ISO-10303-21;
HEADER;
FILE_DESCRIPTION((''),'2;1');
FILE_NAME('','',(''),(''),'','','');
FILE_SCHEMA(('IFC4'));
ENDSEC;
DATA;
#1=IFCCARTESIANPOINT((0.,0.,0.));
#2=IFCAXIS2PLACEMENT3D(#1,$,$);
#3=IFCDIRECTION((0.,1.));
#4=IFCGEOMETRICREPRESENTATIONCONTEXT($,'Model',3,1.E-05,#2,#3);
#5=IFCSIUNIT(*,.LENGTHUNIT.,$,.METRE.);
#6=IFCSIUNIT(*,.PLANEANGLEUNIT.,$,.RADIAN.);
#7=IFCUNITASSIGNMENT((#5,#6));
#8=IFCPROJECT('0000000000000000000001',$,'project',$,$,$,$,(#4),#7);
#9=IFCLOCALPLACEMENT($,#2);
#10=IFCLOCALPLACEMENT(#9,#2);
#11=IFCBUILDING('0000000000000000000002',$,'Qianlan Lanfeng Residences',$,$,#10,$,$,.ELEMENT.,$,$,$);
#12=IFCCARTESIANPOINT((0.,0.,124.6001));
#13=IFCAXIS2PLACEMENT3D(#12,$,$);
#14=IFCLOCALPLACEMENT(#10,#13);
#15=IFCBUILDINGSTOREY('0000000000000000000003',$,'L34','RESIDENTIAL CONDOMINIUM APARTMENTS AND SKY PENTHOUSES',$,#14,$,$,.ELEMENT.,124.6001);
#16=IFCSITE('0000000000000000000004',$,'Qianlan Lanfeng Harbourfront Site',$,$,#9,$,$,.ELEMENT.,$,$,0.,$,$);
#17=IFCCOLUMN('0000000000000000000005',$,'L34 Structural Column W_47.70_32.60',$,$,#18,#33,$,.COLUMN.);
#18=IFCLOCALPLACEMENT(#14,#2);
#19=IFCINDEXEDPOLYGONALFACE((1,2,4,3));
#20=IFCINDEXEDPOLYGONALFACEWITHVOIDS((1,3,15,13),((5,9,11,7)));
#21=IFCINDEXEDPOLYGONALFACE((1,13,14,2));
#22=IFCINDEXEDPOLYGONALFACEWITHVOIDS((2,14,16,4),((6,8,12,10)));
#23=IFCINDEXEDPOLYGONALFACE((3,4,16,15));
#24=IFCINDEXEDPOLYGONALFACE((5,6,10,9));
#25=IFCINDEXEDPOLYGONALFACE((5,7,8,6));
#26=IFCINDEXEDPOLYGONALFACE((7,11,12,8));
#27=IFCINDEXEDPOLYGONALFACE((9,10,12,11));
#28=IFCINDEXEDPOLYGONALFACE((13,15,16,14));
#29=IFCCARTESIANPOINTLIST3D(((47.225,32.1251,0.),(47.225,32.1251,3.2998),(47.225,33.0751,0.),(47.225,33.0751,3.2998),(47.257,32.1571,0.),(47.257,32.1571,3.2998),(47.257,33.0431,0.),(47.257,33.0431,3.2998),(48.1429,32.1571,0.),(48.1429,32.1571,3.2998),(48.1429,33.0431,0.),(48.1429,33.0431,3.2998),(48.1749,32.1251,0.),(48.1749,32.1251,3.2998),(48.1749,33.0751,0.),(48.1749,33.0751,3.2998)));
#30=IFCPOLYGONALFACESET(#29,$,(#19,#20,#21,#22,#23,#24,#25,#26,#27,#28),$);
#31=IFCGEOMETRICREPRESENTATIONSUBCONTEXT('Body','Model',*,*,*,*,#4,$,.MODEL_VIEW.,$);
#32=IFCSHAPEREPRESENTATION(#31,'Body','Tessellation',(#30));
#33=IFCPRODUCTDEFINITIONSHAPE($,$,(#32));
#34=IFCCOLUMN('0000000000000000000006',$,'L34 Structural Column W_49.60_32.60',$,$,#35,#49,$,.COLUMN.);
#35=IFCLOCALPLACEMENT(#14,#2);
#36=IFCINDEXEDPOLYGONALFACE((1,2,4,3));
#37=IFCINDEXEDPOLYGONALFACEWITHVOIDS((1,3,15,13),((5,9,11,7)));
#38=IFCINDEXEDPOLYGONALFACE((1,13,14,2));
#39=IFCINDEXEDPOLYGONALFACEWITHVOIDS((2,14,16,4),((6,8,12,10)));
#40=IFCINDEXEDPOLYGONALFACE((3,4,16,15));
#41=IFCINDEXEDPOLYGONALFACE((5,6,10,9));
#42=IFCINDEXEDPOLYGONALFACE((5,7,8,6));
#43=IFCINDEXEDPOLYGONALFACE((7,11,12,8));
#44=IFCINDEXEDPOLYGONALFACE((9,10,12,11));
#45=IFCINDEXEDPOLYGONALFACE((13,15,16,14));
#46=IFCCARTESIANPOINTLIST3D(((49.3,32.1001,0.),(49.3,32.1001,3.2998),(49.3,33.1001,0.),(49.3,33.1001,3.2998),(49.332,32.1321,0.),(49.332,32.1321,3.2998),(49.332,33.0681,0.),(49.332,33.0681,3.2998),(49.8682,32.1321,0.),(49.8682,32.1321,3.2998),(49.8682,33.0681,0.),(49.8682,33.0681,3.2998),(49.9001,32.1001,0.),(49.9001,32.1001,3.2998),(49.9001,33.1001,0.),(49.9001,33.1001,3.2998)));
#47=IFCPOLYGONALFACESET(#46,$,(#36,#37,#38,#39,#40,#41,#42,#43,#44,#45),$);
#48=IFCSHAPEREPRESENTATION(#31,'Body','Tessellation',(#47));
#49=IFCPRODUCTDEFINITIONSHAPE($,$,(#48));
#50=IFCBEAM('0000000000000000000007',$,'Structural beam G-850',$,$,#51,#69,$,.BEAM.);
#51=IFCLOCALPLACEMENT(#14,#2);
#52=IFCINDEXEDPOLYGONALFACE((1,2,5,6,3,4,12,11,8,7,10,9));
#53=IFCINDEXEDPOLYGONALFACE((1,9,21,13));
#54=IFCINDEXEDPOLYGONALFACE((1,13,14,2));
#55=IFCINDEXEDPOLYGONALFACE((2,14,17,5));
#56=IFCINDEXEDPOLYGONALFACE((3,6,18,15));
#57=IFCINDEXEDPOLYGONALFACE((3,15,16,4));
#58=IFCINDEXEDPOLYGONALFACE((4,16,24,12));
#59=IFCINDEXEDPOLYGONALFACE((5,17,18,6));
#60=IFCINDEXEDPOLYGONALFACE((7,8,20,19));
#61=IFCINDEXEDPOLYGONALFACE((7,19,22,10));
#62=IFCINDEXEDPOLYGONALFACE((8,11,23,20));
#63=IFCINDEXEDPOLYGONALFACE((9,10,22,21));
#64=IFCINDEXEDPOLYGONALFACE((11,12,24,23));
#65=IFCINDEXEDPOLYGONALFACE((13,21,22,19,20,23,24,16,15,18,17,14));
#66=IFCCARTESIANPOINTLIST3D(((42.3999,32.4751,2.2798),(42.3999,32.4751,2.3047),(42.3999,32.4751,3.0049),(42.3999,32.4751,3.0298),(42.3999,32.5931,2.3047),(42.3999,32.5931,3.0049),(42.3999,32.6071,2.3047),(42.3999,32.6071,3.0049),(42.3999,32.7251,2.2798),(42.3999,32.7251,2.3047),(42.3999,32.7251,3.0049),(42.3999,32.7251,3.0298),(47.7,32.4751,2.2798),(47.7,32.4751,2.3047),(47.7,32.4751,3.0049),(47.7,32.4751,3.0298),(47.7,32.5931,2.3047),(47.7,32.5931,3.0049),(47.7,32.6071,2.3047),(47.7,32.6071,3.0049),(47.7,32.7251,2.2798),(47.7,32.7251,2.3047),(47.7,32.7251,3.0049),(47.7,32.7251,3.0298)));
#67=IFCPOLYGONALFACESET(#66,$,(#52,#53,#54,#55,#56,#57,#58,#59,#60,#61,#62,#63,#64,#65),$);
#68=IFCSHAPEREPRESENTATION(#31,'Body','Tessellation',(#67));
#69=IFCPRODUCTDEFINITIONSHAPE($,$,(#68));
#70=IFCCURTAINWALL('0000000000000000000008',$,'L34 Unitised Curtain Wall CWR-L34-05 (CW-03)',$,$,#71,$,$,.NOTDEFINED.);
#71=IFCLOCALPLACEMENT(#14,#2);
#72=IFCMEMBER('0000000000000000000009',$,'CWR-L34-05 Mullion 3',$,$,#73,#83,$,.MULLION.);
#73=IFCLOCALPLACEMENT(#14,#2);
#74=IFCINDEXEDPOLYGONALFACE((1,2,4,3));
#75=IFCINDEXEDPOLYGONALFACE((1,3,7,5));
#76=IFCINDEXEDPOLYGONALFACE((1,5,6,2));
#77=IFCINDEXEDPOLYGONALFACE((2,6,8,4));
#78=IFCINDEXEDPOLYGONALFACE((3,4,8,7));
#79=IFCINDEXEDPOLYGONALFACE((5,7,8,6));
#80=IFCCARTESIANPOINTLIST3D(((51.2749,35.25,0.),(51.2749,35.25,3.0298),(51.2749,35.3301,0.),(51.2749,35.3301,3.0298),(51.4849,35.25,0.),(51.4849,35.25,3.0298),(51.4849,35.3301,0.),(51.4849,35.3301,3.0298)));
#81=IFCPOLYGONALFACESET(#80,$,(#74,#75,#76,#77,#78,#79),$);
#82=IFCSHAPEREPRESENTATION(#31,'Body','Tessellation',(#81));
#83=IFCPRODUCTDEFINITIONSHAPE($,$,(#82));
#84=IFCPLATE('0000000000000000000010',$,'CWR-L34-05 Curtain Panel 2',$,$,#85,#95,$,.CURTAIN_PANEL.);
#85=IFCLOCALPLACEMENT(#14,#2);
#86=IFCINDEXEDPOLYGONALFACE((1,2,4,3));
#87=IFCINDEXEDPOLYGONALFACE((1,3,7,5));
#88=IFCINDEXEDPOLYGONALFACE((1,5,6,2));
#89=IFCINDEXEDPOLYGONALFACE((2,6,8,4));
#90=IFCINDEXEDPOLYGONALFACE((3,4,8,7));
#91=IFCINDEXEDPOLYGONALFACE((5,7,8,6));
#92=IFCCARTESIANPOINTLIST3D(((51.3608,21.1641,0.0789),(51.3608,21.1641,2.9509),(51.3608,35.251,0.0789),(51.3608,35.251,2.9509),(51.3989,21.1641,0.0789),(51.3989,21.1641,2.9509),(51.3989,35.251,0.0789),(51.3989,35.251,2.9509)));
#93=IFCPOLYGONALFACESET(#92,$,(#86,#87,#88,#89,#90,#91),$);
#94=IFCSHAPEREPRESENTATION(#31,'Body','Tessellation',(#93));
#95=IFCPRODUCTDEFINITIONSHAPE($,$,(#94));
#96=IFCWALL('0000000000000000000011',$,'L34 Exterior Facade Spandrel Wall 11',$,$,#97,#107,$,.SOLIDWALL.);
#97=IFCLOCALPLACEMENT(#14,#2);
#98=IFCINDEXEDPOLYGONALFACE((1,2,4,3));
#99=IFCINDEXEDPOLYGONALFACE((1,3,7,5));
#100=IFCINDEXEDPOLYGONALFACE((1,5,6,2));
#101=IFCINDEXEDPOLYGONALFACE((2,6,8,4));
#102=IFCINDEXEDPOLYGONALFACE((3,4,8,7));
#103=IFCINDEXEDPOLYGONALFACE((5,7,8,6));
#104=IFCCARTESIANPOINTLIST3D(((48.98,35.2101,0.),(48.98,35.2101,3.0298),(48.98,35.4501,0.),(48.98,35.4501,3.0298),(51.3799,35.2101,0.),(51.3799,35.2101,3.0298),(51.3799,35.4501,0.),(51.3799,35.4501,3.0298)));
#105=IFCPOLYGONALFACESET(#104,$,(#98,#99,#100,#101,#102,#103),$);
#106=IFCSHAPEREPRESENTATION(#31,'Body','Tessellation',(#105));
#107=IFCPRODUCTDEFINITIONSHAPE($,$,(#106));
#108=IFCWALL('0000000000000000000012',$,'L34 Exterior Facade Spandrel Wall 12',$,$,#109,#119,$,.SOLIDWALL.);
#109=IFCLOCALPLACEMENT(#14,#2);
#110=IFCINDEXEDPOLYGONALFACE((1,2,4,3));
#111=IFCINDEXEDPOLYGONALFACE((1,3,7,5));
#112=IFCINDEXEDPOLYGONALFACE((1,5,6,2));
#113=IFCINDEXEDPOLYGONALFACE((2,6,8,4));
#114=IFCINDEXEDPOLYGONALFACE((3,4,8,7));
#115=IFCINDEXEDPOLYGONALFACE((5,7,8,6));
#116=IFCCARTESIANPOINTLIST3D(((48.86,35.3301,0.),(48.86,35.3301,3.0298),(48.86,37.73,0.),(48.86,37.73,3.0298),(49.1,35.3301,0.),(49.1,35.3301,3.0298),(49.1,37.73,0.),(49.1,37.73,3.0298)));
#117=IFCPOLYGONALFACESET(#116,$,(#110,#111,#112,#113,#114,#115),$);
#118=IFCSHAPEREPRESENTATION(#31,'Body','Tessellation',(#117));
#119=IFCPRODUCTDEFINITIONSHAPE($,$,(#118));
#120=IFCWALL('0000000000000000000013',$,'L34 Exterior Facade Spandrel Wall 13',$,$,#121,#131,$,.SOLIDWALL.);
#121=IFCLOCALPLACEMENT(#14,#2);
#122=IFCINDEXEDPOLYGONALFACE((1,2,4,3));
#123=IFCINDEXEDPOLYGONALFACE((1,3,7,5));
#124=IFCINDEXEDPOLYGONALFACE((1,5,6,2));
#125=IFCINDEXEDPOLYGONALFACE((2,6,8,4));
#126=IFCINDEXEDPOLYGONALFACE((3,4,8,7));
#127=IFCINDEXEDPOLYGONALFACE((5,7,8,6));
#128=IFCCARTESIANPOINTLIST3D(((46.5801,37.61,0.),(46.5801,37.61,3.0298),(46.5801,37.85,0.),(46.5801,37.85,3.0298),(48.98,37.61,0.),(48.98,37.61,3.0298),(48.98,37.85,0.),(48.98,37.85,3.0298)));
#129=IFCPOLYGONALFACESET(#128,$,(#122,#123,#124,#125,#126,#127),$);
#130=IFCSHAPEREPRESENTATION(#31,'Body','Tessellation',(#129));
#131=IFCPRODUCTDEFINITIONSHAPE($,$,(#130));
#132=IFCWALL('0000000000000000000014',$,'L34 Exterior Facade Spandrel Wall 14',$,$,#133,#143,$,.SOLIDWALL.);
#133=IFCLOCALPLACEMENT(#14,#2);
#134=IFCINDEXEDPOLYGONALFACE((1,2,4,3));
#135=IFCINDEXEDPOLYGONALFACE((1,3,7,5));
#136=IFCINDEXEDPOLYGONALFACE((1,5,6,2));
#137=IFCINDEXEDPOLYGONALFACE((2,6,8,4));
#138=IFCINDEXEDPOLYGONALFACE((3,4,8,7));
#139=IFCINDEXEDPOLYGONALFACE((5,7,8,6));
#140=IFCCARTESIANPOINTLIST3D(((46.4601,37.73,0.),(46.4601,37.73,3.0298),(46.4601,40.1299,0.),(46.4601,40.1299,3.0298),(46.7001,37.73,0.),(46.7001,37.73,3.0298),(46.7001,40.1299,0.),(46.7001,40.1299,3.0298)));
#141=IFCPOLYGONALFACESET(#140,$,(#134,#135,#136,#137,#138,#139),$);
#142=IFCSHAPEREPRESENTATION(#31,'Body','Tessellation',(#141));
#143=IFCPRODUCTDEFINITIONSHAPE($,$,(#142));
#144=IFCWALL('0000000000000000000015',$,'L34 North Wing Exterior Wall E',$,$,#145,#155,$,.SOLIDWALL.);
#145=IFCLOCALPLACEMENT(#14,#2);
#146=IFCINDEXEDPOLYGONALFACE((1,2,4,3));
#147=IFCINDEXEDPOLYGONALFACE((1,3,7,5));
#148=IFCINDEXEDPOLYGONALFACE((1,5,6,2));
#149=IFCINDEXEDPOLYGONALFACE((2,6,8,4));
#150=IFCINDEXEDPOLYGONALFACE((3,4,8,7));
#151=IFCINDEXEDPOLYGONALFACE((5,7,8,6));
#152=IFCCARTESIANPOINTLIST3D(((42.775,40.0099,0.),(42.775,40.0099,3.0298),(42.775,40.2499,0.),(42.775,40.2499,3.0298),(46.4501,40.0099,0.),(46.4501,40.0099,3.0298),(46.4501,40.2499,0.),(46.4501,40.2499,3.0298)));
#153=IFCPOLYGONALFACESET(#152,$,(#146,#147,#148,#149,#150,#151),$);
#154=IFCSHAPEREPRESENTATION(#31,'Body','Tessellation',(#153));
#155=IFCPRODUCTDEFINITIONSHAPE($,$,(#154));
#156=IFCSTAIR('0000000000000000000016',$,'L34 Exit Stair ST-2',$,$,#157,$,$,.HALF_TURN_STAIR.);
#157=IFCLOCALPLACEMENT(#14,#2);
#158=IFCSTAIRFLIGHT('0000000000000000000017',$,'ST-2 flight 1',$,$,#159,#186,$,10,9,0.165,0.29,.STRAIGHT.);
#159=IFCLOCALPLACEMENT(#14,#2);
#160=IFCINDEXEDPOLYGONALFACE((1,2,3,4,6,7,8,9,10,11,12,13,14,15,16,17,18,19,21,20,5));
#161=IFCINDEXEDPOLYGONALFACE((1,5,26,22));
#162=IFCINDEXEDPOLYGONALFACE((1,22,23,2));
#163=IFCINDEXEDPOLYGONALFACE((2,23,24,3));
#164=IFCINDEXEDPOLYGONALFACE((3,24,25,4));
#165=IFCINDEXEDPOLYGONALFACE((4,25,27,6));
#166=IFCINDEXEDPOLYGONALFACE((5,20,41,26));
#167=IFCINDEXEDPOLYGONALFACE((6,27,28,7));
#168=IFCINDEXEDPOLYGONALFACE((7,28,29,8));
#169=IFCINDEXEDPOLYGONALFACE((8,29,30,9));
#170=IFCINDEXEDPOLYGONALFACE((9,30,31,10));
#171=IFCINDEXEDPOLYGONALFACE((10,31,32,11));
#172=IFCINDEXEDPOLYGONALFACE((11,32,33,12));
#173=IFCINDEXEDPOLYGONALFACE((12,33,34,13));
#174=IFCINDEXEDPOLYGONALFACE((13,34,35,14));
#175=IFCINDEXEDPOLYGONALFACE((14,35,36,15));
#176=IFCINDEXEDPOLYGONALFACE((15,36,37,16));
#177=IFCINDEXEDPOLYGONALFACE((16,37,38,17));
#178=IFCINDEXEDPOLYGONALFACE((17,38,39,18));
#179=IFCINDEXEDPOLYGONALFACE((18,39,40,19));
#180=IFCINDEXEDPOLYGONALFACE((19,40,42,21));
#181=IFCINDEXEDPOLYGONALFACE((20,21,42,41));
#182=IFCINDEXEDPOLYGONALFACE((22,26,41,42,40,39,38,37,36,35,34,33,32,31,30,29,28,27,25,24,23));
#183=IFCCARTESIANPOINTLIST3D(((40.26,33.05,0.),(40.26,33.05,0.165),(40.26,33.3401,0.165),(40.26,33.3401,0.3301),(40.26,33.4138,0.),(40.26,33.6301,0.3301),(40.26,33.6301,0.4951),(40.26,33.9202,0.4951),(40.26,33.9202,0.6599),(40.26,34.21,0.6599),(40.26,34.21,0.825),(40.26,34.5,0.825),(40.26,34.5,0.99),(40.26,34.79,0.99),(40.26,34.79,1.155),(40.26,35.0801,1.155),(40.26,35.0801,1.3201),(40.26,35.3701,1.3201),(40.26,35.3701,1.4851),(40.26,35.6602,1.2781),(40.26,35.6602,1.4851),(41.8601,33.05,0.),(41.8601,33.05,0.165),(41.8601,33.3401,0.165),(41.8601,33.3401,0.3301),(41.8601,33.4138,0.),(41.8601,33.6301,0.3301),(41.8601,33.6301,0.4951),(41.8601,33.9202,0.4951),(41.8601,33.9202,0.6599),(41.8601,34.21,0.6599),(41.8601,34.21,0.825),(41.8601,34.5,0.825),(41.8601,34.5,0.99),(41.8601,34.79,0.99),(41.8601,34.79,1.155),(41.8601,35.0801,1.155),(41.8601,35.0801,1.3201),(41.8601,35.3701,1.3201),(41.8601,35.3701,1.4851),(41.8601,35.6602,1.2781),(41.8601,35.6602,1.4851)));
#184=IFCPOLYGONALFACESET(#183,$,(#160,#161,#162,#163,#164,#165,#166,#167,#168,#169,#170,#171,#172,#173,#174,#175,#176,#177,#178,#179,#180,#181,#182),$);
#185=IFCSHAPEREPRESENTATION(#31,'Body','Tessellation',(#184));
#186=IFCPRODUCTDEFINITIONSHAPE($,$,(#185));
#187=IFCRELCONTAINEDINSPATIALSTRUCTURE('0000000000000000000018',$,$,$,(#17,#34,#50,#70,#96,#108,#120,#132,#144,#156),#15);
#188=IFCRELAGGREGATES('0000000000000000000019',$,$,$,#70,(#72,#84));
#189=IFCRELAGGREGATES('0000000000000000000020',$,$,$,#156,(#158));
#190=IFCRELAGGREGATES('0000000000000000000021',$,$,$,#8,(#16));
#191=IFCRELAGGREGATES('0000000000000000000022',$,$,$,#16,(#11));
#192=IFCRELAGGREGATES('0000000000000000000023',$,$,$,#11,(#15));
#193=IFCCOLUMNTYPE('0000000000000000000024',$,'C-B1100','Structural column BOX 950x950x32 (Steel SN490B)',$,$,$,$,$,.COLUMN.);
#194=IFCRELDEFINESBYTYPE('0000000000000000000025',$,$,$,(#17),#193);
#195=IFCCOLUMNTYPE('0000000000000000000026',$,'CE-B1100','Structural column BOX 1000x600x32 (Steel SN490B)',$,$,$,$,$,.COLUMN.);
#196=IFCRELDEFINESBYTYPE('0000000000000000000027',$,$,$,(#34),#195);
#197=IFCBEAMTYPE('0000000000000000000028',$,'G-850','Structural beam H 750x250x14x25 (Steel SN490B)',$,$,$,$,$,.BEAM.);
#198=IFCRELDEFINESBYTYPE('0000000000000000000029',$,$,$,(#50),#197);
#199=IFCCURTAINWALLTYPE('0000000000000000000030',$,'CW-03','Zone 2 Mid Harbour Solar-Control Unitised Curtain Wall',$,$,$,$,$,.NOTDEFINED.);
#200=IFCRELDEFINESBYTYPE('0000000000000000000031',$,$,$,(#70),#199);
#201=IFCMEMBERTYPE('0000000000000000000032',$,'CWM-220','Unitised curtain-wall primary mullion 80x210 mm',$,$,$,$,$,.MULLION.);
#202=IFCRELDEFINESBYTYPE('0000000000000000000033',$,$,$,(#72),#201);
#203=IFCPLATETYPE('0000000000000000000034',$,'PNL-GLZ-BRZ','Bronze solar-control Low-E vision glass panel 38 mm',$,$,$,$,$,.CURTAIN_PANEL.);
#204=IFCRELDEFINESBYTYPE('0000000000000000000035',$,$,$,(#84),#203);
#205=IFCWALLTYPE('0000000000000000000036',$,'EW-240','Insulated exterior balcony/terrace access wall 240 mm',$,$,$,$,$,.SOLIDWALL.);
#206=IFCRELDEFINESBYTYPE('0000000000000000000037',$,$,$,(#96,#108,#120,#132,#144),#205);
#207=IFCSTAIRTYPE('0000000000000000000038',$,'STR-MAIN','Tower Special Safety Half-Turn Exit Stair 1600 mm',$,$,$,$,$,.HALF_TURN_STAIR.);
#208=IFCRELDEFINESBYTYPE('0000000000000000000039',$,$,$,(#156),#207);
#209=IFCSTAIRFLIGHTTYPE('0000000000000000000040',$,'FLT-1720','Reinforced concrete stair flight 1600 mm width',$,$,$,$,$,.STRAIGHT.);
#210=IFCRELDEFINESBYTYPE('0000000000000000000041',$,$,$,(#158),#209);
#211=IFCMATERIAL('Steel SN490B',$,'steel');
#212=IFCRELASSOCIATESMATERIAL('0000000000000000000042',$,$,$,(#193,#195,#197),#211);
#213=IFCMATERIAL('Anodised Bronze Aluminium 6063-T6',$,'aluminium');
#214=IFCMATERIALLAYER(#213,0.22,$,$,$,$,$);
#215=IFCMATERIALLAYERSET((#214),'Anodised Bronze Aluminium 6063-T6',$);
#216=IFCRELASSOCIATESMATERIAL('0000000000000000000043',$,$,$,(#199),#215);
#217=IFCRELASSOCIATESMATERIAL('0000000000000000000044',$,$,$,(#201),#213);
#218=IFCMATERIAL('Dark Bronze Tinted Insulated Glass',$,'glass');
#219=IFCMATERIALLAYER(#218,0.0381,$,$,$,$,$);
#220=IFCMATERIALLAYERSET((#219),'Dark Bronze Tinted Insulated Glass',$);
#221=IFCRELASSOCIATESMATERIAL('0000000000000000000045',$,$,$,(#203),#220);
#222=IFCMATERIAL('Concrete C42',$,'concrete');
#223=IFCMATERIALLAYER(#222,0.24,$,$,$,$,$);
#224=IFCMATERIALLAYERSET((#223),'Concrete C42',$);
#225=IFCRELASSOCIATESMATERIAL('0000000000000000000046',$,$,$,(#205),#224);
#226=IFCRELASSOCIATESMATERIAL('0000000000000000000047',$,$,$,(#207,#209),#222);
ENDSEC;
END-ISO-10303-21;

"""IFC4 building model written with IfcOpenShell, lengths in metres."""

from ifc_helpers import new_model, si_unit, direction, frame, frame_2d, origin, origin_2d, place, context, subcontext, project, spatial, polyline, rectangle, hollow_rectangle, i_section, outline, extrude, source, transform, mapped, material, layer, layer_set, material_profile, profile_set, type_object, element, aggregate, save


model = new_model("IFC4")

# Units and contexts
model_context = context("Model", 3, precision=1e-05, world=origin(), true_north=direction((0.0, 1.0)))
body_context = subcontext(model_context, "Body", "Model", "MODEL_VIEW")
ifc_project = project(units=[si_unit("LENGTHUNIT", "METRE"), si_unit("PLANEANGLEUNIT", "RADIAN")], contexts=[model_context])

# Site, building, storey
site_placement = place(None, origin())
site = spatial("IfcSite", under=ifc_project, at=site_placement, Name="Qianlan Lanfeng Harbourfront Site", CompositionType="ELEMENT", RefElevation=0.0)
building_placement = place(site_placement, origin())
building = spatial("IfcBuilding", under=site, at=building_placement, Name="Qianlan Lanfeng Residences", CompositionType="ELEMENT")
storey_placement = place(building_placement, frame((0.0, 0.0, 124.6001)))
storey = spatial("IfcBuildingStorey", under=building, at=storey_placement, Name="L34", Description="RESIDENTIAL CONDOMINIUM APARTMENTS AND SKY PENTHOUSES", CompositionType="ELEMENT", Elevation=124.6001)

# Columns
ifc_material_1 = material(Name="Steel SN490B", Category="steel")
ifc_material_profile_1 = material_profile(ifc_material_1, hollow_rectangle(XDim=0.95, YDim=0.95, WallThickness=0.032, at=origin_2d()), Name="BOX 950x950x32")
ifc_profile_set_1 = profile_set([ifc_material_profile_1], Name="Steel SN490B")
column_type_1 = type_object("IfcColumnType", Name="C-B1100", Description="Structural column BOX 950x950x32 (Steel SN490B)", PredefinedType="COLUMN", material=ifc_profile_set_1)
column_1_placement = place(storey_placement, frame((47.7, 32.6001, 0.0), z_axis=(0.0, 0.0, 1.0), x_axis=(1.0, 0.0, 0.0)))
element("IfcColumn", 1, at=column_1_placement, inside=storey, type_object=column_type_1, Name="L34 Structural Column W_47.70_32.60", PredefinedType="COLUMN", context=body_context, shape_type="SweptSolid", body=[
    extrude(hollow_rectangle(XDim=0.95, YDim=0.95, WallThickness=0.032, at=origin_2d()), origin(), (0.0, 0.0, 1.0), 3.2998),
])
ifc_material_profile_2 = material_profile(ifc_material_1, hollow_rectangle(XDim=0.6001, YDim=1.0, WallThickness=0.032, at=origin_2d()), Name="BOX 1000x600x32")
ifc_profile_set_2 = profile_set([ifc_material_profile_2], Name="Steel SN490B")
column_type_2 = type_object("IfcColumnType", Name="CE-B1100", Description="Structural column BOX 1000x600x32 (Steel SN490B)", PredefinedType="COLUMN", material=ifc_profile_set_2)
column_2_placement = place(storey_placement, frame((49.6001, 32.6001, 0.0), z_axis=(0.0, 0.0, 1.0), x_axis=(1.0, 0.0, 0.0)))
element("IfcColumn", 2, at=column_2_placement, inside=storey, type_object=column_type_2, Name="L34 Structural Column W_49.60_32.60", PredefinedType="COLUMN", context=body_context, shape_type="SweptSolid", body=[
    extrude(hollow_rectangle(XDim=0.6001, YDim=1.0, WallThickness=0.032, at=origin_2d()), origin(), (0.0, 0.0, 1.0), 3.2998),
])

# Beam
ifc_material_profile_3 = material_profile(ifc_material_1, i_section(OverallWidth=0.25, OverallDepth=0.75, WebThickness=0.0139, FlangeThickness=0.0249, at=origin_2d()), Name="H 750x250x14x25")
ifc_profile_set_3 = profile_set([ifc_material_profile_3], Name="Steel SN490B")
beam_type = type_object("IfcBeamType", Name="G-850", Description="Structural beam H 750x250x14x25 (Steel SN490B)", PredefinedType="BEAM", material=ifc_profile_set_3)
beam_placement = place(storey_placement, frame((42.3999, 32.6001, 2.6548), z_axis=(1.0, 0.0, 0.0), x_axis=(0.0, 1.0, 0.0)))
element("IfcBeam", 3, at=beam_placement, inside=storey, type_object=beam_type, Name="Structural beam G-850", PredefinedType="BEAM", context=body_context, shape_type="SweptSolid", body=[
    extrude(i_section(OverallWidth=0.25, OverallDepth=0.75, WebThickness=0.0139, FlangeThickness=0.0249, at=origin_2d()), origin(), (0.0, 0.0, 1.0), 5.3),
])

# Curtain wall, member, plate
ifc_material_2 = material(Name="Anodised Bronze Aluminium 6063-T6", Category="aluminium")
ifc_layer_1 = layer(ifc_material_2, 0.22)
ifc_layer_set_1 = layer_set([ifc_layer_1], Name="Anodised Bronze Aluminium 6063-T6")
curtain_wall_type = type_object("IfcCurtainWallType", Name="CW-03", Description="Zone 2 Mid Harbour Solar-Control Unitised Curtain Wall", PredefinedType="NOTDEFINED", material=ifc_layer_set_1)
curtain_wall_placement = place(storey_placement, origin())
curtain_wall = element("IfcCurtainWall", 4, at=curtain_wall_placement, inside=storey, type_object=curtain_wall_type, Name="L34 Unitised Curtain Wall CWR-L34-05 (CW-03)", PredefinedType="NOTDEFINED")
ifc_material_profile_4 = material_profile(ifc_material_2, rectangle(XDim=0.0801, YDim=0.21, at=origin_2d()), Name="ALU MULLION 80x210")
ifc_profile_set_4 = profile_set([ifc_material_profile_4], Name="Anodised Bronze Aluminium 6063-T6")
member_type = type_object("IfcMemberType", Name="CWM-220", Description="Unitised curtain-wall primary mullion 80x210 mm", PredefinedType="MULLION", material=ifc_profile_set_4)
shared_shape_1 = source(origin(), body_context, "Body", "SweptSolid", [
    extrude(rectangle(XDim=0.0801, YDim=0.21, at=origin_2d()), origin(), (0.0, 0.0, 1.0), 3.0298),
])
member_placement = place(storey_placement, frame((51.3799, 35.29, 0.0), z_axis=(0.0, 0.0, 1.0), x_axis=(0.0, 1.0, 0.0)))
member = element("IfcMember", 5, at=member_placement, type_object=member_type, Name="CWR-L34-05 Mullion 3", PredefinedType="MULLION", context=body_context, shape_type="MappedRepresentation", body=[
    mapped(shared_shape_1, transform((0.0, 0.0, 0.0), scale=1.0)),
])
ifc_material_3 = material(Name="Dark Bronze Tinted Insulated Glass", Category="glass")
ifc_layer_2 = layer(ifc_material_3, 0.0381)
ifc_layer_set_2 = layer_set([ifc_layer_2], Name="Dark Bronze Tinted Insulated Glass")
plate_type = type_object("IfcPlateType", Name="PNL-GLZ-BRZ", Description="Bronze solar-control Low-E vision glass panel 38 mm", PredefinedType="CURTAIN_PANEL", material=ifc_layer_set_2)
shared_shape_2 = source(origin(), body_context, "Body", "SweptSolid", [
    extrude(rectangle(XDim=14.0869, YDim=0.0381, at=origin_2d()), origin(), (0.0, 0.0, 1.0), 2.8721),
])
plate_placement = place(storey_placement, frame((51.3799, 28.2075, 0.0789), z_axis=(0.0, 0.0, 1.0), x_axis=(0.0, 1.0, 0.0)))
plate = element("IfcPlate", 6, at=plate_placement, type_object=plate_type, Name="CWR-L34-05 Curtain Panel 2", PredefinedType="CURTAIN_PANEL", context=body_context, shape_type="MappedRepresentation", body=[
    mapped(shared_shape_2, transform((0.0, 0.0, 0.0), scale=1.0)),
])
aggregate(curtain_wall, [member, plate])

# Walls
ifc_material_4 = material(Name="Concrete C42", Category="concrete")
ifc_layer_3 = layer(ifc_material_4, 0.24)
ifc_layer_set_3 = layer_set([ifc_layer_3], Name="Concrete C42")
wall_type = type_object("IfcWallType", Name="EW-240", Description="Insulated exterior balcony/terrace access wall 240 mm", PredefinedType="SOLIDWALL", material=ifc_layer_set_3)
for number, where, z_axis, x_axis, name in (
    (7, (51.3799, 35.3301, 0.0), (0.0, 0.0, 1.0), (-1.0, 0.0, 0.0), "L34 Exterior Facade Spandrel Wall 11"),
    (8, (48.98, 35.3301, 0.0), (0.0, 0.0, 1.0), (0.0, 1.0, 0.0), "L34 Exterior Facade Spandrel Wall 12"),
    (9, (48.98, 37.73, 0.0), (0.0, 0.0, 1.0), (-1.0, 0.0, 0.0), "L34 Exterior Facade Spandrel Wall 13"),
    (10, (46.5801, 37.73, 0.0), (0.0, 0.0, 1.0), (0.0, 1.0, 0.0), "L34 Exterior Facade Spandrel Wall 14"),
):
    element("IfcWall", number, at=place(storey_placement, frame(where, z_axis=z_axis, x_axis=x_axis)), inside=storey, type_object=wall_type, Name=name, PredefinedType="SOLIDWALL", context=body_context, shape_type="SweptSolid", body=[
        extrude(rectangle(XDim=2.3999, YDim=0.24, at=frame_2d((1.2, 0.0))), origin(), (0.0, 0.0, 1.0), 3.0298),
    ])
wall_placement = place(storey_placement, frame((46.45, 40.1299, 0.0), z_axis=(0.0, 0.0, 1.0), x_axis=(-1.0, 0.0, 0.0)))
element("IfcWall", 11, at=wall_placement, inside=storey, type_object=wall_type, Name="L34 North Wing Exterior Wall E", PredefinedType="SOLIDWALL", context=body_context, shape_type="SweptSolid", body=[
    extrude(rectangle(XDim=3.675, YDim=0.24, at=frame_2d((1.8374, 0.0))), origin(), (0.0, 0.0, 1.0), 3.0298),
])

# Stair, stair flight
stair_type = type_object("IfcStairType", Name="STR-MAIN", Description="Tower Special Safety Half-Turn Exit Stair 1600 mm", PredefinedType="HALF_TURN_STAIR", material=ifc_material_4)
stair_placement = place(storey_placement, origin())
stair = element("IfcStair", 12, at=stair_placement, inside=storey, type_object=stair_type, Name="L34 Exit Stair ST-2", PredefinedType="HALF_TURN_STAIR")
stair_flight_type = type_object("IfcStairFlightType", Name="FLT-1720", Description="Reinforced concrete stair flight 1600 mm width", PredefinedType="STRAIGHT", material=ifc_material_4)
stair_flight_1_placement = place(storey_placement, frame((41.0601, 33.05, 0.0), z_axis=(0.0, 0.0, 1.0), x_axis=(0.0, 1.0, 0.0)))
stair_flight_1 = element("IfcStairFlight", 13, at=stair_flight_1_placement, type_object=stair_flight_type, Name="ST-2 flight 1", NumberOfRisers=10, NumberOfTreads=9, PredefinedType="STRAIGHT", RiserHeight=0.165, TreadLength=0.29, context=body_context, shape_type="SweptSolid", body=[
    extrude(outline(polyline([(0.0, 0.0), (0.0, 0.165), (0.29, 0.165), (0.29, 0.3301), (0.5801, 0.3301), (0.5801, 0.4951), (0.8701, 0.4951), (0.8701, 0.6599), (1.1599, 0.6599), (1.1599, 0.825), (1.45, 0.825), (1.45, 0.99), (1.74, 0.99), (1.74, 1.155), (2.03, 1.155), (2.03, 1.3201), (2.3201, 1.3201), (2.3201, 1.4851), (2.6101, 1.4851), (2.6101, 1.6499), (2.6101, 1.2781), (0.3638, 0.0), (0.0, 0.0)])), frame((0.0, 0.8, 0.0), z_axis=(0.0, -1.0, 0.0), x_axis=(1.0, 0.0, 0.0)), (0.0, 0.0, 1.0), 1.6001),
])
aggregate(stair, [stair_flight_1])

save(model, "model.ifc")
